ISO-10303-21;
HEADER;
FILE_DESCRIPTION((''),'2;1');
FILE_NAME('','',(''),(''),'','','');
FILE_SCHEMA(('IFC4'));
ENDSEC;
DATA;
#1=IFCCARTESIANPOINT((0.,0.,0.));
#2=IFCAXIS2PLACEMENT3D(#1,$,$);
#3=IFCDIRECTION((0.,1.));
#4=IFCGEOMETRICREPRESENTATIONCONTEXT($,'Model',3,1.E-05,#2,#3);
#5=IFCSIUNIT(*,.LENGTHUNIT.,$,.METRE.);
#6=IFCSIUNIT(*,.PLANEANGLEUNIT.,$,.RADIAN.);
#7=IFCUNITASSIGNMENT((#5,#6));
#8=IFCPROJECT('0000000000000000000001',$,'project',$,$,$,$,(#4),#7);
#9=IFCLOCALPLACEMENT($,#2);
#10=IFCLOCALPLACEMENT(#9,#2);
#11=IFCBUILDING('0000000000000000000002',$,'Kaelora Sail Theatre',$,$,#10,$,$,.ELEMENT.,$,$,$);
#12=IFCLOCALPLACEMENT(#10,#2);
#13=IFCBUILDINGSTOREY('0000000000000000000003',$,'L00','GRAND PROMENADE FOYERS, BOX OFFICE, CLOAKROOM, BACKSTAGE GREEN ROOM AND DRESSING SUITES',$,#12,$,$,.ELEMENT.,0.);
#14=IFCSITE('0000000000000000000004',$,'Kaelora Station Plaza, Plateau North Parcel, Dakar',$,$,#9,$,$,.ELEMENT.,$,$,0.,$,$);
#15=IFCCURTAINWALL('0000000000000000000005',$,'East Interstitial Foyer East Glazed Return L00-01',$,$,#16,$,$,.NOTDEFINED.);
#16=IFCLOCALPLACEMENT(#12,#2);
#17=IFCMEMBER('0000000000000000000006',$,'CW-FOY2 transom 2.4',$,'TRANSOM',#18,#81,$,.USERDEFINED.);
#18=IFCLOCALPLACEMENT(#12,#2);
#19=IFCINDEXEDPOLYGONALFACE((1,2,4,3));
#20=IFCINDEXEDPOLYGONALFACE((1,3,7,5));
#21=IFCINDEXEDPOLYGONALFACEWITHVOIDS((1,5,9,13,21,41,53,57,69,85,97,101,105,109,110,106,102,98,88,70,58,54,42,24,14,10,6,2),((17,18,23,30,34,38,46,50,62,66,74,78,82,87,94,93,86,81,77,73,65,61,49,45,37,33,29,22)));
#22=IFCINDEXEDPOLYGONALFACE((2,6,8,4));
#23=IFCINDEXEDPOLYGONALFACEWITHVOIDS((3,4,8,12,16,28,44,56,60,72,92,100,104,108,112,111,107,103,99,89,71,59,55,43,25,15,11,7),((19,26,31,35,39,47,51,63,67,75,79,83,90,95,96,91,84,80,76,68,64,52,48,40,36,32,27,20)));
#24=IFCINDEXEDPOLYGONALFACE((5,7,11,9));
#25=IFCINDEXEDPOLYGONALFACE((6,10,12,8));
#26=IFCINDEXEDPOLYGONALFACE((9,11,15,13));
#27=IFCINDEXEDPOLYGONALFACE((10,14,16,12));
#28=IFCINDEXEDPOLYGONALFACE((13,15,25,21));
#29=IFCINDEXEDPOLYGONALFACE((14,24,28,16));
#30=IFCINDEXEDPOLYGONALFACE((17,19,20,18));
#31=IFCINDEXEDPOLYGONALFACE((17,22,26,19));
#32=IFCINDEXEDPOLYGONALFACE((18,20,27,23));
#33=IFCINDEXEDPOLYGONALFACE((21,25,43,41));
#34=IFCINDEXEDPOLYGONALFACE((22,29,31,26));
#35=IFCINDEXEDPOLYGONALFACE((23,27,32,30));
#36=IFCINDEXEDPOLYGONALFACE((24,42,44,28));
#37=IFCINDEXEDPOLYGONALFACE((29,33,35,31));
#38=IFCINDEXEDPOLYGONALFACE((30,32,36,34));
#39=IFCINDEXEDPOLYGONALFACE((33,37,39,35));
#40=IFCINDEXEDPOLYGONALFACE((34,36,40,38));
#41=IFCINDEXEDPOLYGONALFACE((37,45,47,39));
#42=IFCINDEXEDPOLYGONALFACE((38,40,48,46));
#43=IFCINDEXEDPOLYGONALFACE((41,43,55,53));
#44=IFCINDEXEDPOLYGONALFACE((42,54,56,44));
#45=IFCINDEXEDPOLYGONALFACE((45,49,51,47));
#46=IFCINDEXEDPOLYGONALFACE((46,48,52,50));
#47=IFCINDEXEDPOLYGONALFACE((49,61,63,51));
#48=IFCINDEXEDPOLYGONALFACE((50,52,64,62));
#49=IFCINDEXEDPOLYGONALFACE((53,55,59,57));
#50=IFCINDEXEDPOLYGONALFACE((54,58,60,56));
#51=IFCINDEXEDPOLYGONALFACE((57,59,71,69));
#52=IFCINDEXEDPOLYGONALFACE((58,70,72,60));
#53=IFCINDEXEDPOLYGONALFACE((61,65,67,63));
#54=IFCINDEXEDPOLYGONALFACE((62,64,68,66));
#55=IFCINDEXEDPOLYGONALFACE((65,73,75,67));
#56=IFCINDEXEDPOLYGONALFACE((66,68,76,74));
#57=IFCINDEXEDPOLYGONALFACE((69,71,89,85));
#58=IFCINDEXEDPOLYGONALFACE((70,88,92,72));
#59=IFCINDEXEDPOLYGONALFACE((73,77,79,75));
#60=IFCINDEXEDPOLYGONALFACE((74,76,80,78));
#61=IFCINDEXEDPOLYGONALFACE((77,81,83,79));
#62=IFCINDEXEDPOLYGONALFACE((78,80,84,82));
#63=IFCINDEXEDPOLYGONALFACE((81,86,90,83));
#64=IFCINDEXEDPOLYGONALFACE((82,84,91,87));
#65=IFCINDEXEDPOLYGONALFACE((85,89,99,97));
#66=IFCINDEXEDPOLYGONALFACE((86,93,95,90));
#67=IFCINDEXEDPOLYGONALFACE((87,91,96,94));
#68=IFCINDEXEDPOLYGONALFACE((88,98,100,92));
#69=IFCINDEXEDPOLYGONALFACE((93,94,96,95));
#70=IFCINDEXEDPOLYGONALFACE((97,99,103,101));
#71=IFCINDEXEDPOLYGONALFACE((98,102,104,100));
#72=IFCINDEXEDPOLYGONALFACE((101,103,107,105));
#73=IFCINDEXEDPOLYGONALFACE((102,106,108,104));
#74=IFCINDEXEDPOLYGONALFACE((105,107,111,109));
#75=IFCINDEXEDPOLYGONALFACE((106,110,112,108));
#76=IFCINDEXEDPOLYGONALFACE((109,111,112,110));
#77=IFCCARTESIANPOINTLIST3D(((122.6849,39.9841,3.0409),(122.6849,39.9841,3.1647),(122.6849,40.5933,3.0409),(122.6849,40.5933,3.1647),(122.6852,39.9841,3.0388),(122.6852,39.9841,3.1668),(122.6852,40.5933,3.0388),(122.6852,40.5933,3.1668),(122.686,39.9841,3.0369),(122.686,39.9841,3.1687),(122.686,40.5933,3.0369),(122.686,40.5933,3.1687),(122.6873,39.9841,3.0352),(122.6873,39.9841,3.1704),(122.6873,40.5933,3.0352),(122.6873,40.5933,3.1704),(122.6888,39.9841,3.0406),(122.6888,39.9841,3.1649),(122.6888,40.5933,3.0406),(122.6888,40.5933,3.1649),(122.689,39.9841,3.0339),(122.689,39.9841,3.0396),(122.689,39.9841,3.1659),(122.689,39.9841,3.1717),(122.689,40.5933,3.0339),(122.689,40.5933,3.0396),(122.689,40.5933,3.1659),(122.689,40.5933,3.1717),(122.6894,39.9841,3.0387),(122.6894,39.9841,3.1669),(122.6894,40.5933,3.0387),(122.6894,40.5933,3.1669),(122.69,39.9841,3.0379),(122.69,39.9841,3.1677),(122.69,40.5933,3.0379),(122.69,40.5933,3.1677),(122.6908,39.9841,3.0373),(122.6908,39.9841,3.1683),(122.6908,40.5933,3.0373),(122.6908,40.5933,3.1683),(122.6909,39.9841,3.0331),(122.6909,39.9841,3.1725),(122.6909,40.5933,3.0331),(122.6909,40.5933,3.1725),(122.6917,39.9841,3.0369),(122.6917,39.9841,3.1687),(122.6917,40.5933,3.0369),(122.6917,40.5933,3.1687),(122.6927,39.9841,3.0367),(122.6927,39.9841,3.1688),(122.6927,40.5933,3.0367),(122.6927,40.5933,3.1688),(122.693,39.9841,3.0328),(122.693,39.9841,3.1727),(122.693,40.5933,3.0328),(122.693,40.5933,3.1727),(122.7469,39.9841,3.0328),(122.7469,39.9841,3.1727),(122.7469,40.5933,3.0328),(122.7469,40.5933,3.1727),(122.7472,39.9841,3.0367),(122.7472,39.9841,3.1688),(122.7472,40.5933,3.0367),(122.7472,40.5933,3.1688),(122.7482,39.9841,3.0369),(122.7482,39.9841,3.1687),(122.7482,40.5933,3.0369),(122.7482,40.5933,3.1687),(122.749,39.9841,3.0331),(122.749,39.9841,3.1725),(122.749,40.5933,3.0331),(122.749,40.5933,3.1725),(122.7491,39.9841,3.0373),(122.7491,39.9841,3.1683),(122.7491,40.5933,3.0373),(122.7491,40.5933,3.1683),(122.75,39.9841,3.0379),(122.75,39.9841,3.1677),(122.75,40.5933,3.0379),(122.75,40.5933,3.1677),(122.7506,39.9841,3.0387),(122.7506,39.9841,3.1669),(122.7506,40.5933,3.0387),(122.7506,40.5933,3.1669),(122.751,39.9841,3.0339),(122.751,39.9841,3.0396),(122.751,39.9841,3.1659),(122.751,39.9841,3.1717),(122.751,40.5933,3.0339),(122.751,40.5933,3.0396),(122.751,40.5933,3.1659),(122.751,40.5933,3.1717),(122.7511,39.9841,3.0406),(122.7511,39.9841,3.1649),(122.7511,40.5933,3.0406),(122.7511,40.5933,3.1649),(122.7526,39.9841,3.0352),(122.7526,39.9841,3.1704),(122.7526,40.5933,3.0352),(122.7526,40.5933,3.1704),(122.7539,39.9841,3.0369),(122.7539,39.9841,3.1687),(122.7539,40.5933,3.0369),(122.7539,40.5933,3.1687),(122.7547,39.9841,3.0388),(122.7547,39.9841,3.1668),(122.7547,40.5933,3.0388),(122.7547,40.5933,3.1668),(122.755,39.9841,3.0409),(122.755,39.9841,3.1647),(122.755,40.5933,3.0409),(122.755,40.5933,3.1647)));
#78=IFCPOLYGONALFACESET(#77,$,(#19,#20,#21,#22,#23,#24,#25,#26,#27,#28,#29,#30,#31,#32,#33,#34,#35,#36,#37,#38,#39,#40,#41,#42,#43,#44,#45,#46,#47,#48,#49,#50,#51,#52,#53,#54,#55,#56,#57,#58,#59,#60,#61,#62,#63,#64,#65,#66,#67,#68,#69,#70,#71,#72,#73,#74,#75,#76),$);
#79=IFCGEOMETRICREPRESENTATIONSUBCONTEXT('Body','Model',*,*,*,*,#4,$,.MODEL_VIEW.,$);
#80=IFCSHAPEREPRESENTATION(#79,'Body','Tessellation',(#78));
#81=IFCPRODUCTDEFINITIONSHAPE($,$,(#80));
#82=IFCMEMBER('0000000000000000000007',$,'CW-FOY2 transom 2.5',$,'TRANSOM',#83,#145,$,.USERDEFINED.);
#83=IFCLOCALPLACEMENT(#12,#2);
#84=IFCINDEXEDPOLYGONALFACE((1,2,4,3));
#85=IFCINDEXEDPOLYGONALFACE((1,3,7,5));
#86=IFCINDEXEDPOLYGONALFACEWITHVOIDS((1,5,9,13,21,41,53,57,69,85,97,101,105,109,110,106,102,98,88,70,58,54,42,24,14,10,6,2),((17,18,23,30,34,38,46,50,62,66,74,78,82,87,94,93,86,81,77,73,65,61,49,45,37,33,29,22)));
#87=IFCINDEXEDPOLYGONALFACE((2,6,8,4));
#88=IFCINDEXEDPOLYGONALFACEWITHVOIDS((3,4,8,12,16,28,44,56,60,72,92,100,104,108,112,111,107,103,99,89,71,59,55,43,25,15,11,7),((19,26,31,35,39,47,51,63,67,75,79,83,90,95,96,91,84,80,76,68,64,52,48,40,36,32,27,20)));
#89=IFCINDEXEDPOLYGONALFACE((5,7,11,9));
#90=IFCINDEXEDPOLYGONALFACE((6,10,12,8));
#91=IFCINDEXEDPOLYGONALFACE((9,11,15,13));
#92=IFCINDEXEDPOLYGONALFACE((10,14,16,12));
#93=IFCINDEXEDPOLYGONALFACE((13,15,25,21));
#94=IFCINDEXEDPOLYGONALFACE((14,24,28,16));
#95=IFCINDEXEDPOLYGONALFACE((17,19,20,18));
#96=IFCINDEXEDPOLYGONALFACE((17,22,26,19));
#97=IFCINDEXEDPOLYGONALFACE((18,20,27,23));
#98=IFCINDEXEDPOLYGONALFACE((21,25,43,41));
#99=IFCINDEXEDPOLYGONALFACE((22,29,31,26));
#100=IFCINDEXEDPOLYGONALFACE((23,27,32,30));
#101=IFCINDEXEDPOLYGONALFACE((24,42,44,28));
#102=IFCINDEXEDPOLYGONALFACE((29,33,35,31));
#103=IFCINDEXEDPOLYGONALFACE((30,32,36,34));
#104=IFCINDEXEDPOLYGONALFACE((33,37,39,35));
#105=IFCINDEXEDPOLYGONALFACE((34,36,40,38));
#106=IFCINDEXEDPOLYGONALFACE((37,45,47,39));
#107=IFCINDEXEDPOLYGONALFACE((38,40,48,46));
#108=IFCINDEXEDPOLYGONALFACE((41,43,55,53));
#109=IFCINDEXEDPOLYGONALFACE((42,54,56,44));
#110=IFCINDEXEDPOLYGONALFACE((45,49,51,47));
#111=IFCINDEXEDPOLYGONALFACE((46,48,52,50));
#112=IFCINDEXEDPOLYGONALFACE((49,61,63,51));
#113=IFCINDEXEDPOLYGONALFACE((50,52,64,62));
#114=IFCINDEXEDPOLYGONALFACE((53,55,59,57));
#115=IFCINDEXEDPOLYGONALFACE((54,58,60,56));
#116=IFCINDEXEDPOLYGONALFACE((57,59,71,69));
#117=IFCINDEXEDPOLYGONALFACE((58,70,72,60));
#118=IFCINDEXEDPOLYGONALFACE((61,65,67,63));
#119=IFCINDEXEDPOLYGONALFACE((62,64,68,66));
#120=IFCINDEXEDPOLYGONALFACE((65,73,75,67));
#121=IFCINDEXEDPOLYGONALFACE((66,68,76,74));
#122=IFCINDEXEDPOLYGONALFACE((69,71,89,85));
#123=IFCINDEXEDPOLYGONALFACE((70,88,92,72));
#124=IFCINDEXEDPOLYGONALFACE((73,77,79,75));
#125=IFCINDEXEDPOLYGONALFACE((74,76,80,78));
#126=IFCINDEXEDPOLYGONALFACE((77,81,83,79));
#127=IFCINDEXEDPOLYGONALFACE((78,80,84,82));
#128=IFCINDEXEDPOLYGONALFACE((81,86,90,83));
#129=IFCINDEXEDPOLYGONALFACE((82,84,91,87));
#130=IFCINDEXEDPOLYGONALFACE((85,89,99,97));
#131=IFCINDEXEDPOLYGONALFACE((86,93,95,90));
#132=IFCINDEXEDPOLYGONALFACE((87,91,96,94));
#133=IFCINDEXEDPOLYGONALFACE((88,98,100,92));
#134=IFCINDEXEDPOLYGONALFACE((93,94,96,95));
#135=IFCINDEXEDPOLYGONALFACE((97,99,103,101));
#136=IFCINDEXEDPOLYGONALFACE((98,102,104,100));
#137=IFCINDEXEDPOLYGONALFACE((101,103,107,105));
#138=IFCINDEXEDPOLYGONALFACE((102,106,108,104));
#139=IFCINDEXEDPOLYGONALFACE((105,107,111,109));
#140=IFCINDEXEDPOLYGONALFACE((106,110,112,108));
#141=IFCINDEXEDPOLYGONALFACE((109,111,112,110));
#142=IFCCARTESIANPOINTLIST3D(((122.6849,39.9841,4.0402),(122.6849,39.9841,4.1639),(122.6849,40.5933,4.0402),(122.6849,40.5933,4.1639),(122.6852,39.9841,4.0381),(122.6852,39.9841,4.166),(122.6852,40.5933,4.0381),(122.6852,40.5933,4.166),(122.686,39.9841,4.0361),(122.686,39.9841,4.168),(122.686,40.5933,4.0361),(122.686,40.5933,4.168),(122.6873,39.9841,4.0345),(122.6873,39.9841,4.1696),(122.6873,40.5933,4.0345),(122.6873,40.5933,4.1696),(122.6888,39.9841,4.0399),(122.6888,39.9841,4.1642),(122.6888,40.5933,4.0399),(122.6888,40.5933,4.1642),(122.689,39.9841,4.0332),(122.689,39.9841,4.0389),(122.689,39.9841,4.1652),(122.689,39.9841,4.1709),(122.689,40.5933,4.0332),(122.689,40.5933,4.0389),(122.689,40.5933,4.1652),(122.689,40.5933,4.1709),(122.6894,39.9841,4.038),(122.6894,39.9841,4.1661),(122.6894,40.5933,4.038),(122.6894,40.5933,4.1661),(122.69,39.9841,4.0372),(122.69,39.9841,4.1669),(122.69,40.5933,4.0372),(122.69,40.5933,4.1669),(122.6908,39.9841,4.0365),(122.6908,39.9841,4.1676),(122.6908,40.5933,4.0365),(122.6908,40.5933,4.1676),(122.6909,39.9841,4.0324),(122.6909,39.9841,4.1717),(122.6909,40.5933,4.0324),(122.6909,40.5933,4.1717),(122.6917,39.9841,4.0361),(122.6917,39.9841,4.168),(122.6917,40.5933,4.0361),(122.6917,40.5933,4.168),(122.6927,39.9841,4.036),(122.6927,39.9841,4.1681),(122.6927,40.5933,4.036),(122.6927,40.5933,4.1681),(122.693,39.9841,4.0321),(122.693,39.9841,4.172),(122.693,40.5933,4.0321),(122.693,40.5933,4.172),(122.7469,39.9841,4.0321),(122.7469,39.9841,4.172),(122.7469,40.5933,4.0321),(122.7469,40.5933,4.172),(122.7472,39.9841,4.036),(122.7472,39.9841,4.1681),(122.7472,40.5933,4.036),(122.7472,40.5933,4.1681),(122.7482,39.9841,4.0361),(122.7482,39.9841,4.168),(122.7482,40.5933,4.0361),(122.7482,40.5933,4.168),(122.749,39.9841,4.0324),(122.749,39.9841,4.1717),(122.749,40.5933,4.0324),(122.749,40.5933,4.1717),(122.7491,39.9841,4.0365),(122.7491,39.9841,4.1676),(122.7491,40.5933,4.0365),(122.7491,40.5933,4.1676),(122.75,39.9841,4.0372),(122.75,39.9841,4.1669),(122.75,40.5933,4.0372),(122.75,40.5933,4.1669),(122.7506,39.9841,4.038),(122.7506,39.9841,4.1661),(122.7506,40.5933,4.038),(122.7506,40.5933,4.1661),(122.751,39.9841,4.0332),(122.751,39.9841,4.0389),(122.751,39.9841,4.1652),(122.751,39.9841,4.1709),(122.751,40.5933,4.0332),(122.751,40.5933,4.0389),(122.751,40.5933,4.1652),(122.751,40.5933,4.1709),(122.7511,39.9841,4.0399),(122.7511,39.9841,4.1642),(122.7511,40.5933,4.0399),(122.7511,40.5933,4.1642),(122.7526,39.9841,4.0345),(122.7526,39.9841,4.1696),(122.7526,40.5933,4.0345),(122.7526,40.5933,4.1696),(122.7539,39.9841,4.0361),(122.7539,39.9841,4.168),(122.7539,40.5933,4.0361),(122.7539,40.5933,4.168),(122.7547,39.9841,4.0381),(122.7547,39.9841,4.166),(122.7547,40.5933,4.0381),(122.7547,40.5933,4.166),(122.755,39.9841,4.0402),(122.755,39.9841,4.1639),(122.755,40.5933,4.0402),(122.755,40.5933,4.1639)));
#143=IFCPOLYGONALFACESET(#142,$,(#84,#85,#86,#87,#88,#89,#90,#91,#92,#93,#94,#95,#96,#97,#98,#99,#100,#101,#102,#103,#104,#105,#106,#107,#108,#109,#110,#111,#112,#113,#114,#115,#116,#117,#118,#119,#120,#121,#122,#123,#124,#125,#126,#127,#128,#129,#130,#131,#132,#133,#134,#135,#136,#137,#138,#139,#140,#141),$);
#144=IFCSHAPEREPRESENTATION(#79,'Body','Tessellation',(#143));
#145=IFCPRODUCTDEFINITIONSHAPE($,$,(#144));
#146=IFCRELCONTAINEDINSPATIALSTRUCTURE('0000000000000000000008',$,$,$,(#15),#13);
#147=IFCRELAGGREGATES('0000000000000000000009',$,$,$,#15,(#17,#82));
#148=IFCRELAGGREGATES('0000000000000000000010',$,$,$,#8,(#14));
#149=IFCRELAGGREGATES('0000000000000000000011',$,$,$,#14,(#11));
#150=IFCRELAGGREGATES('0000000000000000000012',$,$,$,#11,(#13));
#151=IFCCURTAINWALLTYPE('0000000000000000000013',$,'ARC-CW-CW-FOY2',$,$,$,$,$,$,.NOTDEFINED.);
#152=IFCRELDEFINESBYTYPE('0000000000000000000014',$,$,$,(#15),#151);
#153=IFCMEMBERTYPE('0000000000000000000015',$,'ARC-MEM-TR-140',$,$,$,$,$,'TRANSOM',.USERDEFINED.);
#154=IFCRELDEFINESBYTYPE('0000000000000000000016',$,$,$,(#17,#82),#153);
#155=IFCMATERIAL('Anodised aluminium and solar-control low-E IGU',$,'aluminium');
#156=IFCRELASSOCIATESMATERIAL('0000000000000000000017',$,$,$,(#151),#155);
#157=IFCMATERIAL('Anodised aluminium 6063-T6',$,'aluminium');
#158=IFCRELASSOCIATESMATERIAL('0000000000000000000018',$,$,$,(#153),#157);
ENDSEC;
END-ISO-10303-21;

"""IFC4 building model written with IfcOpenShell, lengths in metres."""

from ifc_helpers import new_model, si_unit, direction, frame, origin, origin_2d, place, context, subcontext, project, spatial, hollow_rectangle, extrude, material, material_profile, profile_set, type_object, element, aggregate, save


model = new_model("IFC4")

# Units and contexts
model_context = context("Model", 3, precision=1e-05, world=origin(), true_north=direction((0.0, 1.0)))
body_context = subcontext(model_context, "Body", "Model", "MODEL_VIEW")
ifc_project = project(units=[si_unit("LENGTHUNIT", "METRE"), si_unit("PLANEANGLEUNIT", "RADIAN")], contexts=[model_context])

# Site, building, storey
site_placement = place(None, origin())
site = spatial("IfcSite", under=ifc_project, at=site_placement, Name="Kaelora Station Plaza, Plateau North Parcel, Dakar", CompositionType="ELEMENT", RefElevation=0.0)
building_placement = place(site_placement, origin())
building = spatial("IfcBuilding", under=site, at=building_placement, Name="Kaelora Sail Theatre", CompositionType="ELEMENT")
storey_placement = place(building_placement, origin())
storey = spatial("IfcBuildingStorey", under=building, at=storey_placement, Name="L00", Description="GRAND PROMENADE FOYERS, BOX OFFICE, CLOAKROOM, BACKSTAGE GREEN ROOM AND DRESSING SUITES", CompositionType="ELEMENT", Elevation=0.0)

# Curtain wall, members
ifc_material_1 = material(Name="Anodised aluminium and solar-control low-E IGU", Category="aluminium")
curtain_wall_type = type_object("IfcCurtainWallType", Name="ARC-CW-CW-FOY2", PredefinedType="NOTDEFINED", material=ifc_material_1)
curtain_wall_placement = place(storey_placement, origin())
curtain_wall = element("IfcCurtainWall", 1, at=curtain_wall_placement, inside=storey, type_object=curtain_wall_type, Name="East Interstitial Foyer East Glazed Return L00-01", PredefinedType="NOTDEFINED")
ifc_material_2 = material(Name="Anodised aluminium 6063-T6", Category="aluminium")
ifc_material_profile_1 = material_profile(ifc_material_2, hollow_rectangle(XDim=0.0701, YDim=0.1399, WallThickness=0.0039, InnerFilletRadius=0.0039, OuterFilletRadius=0.0081, at=origin_2d()), Name="ALU-TRAN 70x140x4")
ifc_profile_set_1 = profile_set([ifc_material_profile_1], Name="Anodised aluminium 6063-T6")
member_type_1 = type_object("IfcMemberType", Name="ARC-MEM-TR-140", ElementType="TRANSOM", PredefinedType="USERDEFINED", material=ifc_profile_set_1)
member_1_placement = place(storey_placement, frame((122.72, 39.9841, 3.1028), z_axis=(0.0, 1.0, 0.0), x_axis=(-1.0, 0.0, 0.0)))
member_1 = element("IfcMember", 2, at=member_1_placement, type_object=member_type_1, Name="CW-FOY2 transom 2.4", ObjectType="TRANSOM", PredefinedType="USERDEFINED", context=body_context, shape_type="SweptSolid", body=[
    extrude(hollow_rectangle(XDim=0.0701, YDim=0.1399, WallThickness=0.0039, InnerFilletRadius=0.0039, OuterFilletRadius=0.0081, at=origin_2d()), origin(), (0.0, 0.0, 1.0), 0.6091),
])
member_2_placement = place(storey_placement, frame((122.72, 39.9841, 4.1021), z_axis=(0.0, 1.0, 0.0), x_axis=(-1.0, 0.0, 0.0)))
member_2 = element("IfcMember", 3, at=member_2_placement, type_object=member_type_1, Name="CW-FOY2 transom 2.5", ObjectType="TRANSOM", PredefinedType="USERDEFINED", context=body_context, shape_type="SweptSolid", body=[
    extrude(hollow_rectangle(XDim=0.0701, YDim=0.1399, WallThickness=0.0039, InnerFilletRadius=0.0039, OuterFilletRadius=0.0081, at=origin_2d()), origin(), (0.0, 0.0, 1.0), 0.6091),
])
aggregate(curtain_wall, [member_1, member_2])

save(model, "model.ifc")
